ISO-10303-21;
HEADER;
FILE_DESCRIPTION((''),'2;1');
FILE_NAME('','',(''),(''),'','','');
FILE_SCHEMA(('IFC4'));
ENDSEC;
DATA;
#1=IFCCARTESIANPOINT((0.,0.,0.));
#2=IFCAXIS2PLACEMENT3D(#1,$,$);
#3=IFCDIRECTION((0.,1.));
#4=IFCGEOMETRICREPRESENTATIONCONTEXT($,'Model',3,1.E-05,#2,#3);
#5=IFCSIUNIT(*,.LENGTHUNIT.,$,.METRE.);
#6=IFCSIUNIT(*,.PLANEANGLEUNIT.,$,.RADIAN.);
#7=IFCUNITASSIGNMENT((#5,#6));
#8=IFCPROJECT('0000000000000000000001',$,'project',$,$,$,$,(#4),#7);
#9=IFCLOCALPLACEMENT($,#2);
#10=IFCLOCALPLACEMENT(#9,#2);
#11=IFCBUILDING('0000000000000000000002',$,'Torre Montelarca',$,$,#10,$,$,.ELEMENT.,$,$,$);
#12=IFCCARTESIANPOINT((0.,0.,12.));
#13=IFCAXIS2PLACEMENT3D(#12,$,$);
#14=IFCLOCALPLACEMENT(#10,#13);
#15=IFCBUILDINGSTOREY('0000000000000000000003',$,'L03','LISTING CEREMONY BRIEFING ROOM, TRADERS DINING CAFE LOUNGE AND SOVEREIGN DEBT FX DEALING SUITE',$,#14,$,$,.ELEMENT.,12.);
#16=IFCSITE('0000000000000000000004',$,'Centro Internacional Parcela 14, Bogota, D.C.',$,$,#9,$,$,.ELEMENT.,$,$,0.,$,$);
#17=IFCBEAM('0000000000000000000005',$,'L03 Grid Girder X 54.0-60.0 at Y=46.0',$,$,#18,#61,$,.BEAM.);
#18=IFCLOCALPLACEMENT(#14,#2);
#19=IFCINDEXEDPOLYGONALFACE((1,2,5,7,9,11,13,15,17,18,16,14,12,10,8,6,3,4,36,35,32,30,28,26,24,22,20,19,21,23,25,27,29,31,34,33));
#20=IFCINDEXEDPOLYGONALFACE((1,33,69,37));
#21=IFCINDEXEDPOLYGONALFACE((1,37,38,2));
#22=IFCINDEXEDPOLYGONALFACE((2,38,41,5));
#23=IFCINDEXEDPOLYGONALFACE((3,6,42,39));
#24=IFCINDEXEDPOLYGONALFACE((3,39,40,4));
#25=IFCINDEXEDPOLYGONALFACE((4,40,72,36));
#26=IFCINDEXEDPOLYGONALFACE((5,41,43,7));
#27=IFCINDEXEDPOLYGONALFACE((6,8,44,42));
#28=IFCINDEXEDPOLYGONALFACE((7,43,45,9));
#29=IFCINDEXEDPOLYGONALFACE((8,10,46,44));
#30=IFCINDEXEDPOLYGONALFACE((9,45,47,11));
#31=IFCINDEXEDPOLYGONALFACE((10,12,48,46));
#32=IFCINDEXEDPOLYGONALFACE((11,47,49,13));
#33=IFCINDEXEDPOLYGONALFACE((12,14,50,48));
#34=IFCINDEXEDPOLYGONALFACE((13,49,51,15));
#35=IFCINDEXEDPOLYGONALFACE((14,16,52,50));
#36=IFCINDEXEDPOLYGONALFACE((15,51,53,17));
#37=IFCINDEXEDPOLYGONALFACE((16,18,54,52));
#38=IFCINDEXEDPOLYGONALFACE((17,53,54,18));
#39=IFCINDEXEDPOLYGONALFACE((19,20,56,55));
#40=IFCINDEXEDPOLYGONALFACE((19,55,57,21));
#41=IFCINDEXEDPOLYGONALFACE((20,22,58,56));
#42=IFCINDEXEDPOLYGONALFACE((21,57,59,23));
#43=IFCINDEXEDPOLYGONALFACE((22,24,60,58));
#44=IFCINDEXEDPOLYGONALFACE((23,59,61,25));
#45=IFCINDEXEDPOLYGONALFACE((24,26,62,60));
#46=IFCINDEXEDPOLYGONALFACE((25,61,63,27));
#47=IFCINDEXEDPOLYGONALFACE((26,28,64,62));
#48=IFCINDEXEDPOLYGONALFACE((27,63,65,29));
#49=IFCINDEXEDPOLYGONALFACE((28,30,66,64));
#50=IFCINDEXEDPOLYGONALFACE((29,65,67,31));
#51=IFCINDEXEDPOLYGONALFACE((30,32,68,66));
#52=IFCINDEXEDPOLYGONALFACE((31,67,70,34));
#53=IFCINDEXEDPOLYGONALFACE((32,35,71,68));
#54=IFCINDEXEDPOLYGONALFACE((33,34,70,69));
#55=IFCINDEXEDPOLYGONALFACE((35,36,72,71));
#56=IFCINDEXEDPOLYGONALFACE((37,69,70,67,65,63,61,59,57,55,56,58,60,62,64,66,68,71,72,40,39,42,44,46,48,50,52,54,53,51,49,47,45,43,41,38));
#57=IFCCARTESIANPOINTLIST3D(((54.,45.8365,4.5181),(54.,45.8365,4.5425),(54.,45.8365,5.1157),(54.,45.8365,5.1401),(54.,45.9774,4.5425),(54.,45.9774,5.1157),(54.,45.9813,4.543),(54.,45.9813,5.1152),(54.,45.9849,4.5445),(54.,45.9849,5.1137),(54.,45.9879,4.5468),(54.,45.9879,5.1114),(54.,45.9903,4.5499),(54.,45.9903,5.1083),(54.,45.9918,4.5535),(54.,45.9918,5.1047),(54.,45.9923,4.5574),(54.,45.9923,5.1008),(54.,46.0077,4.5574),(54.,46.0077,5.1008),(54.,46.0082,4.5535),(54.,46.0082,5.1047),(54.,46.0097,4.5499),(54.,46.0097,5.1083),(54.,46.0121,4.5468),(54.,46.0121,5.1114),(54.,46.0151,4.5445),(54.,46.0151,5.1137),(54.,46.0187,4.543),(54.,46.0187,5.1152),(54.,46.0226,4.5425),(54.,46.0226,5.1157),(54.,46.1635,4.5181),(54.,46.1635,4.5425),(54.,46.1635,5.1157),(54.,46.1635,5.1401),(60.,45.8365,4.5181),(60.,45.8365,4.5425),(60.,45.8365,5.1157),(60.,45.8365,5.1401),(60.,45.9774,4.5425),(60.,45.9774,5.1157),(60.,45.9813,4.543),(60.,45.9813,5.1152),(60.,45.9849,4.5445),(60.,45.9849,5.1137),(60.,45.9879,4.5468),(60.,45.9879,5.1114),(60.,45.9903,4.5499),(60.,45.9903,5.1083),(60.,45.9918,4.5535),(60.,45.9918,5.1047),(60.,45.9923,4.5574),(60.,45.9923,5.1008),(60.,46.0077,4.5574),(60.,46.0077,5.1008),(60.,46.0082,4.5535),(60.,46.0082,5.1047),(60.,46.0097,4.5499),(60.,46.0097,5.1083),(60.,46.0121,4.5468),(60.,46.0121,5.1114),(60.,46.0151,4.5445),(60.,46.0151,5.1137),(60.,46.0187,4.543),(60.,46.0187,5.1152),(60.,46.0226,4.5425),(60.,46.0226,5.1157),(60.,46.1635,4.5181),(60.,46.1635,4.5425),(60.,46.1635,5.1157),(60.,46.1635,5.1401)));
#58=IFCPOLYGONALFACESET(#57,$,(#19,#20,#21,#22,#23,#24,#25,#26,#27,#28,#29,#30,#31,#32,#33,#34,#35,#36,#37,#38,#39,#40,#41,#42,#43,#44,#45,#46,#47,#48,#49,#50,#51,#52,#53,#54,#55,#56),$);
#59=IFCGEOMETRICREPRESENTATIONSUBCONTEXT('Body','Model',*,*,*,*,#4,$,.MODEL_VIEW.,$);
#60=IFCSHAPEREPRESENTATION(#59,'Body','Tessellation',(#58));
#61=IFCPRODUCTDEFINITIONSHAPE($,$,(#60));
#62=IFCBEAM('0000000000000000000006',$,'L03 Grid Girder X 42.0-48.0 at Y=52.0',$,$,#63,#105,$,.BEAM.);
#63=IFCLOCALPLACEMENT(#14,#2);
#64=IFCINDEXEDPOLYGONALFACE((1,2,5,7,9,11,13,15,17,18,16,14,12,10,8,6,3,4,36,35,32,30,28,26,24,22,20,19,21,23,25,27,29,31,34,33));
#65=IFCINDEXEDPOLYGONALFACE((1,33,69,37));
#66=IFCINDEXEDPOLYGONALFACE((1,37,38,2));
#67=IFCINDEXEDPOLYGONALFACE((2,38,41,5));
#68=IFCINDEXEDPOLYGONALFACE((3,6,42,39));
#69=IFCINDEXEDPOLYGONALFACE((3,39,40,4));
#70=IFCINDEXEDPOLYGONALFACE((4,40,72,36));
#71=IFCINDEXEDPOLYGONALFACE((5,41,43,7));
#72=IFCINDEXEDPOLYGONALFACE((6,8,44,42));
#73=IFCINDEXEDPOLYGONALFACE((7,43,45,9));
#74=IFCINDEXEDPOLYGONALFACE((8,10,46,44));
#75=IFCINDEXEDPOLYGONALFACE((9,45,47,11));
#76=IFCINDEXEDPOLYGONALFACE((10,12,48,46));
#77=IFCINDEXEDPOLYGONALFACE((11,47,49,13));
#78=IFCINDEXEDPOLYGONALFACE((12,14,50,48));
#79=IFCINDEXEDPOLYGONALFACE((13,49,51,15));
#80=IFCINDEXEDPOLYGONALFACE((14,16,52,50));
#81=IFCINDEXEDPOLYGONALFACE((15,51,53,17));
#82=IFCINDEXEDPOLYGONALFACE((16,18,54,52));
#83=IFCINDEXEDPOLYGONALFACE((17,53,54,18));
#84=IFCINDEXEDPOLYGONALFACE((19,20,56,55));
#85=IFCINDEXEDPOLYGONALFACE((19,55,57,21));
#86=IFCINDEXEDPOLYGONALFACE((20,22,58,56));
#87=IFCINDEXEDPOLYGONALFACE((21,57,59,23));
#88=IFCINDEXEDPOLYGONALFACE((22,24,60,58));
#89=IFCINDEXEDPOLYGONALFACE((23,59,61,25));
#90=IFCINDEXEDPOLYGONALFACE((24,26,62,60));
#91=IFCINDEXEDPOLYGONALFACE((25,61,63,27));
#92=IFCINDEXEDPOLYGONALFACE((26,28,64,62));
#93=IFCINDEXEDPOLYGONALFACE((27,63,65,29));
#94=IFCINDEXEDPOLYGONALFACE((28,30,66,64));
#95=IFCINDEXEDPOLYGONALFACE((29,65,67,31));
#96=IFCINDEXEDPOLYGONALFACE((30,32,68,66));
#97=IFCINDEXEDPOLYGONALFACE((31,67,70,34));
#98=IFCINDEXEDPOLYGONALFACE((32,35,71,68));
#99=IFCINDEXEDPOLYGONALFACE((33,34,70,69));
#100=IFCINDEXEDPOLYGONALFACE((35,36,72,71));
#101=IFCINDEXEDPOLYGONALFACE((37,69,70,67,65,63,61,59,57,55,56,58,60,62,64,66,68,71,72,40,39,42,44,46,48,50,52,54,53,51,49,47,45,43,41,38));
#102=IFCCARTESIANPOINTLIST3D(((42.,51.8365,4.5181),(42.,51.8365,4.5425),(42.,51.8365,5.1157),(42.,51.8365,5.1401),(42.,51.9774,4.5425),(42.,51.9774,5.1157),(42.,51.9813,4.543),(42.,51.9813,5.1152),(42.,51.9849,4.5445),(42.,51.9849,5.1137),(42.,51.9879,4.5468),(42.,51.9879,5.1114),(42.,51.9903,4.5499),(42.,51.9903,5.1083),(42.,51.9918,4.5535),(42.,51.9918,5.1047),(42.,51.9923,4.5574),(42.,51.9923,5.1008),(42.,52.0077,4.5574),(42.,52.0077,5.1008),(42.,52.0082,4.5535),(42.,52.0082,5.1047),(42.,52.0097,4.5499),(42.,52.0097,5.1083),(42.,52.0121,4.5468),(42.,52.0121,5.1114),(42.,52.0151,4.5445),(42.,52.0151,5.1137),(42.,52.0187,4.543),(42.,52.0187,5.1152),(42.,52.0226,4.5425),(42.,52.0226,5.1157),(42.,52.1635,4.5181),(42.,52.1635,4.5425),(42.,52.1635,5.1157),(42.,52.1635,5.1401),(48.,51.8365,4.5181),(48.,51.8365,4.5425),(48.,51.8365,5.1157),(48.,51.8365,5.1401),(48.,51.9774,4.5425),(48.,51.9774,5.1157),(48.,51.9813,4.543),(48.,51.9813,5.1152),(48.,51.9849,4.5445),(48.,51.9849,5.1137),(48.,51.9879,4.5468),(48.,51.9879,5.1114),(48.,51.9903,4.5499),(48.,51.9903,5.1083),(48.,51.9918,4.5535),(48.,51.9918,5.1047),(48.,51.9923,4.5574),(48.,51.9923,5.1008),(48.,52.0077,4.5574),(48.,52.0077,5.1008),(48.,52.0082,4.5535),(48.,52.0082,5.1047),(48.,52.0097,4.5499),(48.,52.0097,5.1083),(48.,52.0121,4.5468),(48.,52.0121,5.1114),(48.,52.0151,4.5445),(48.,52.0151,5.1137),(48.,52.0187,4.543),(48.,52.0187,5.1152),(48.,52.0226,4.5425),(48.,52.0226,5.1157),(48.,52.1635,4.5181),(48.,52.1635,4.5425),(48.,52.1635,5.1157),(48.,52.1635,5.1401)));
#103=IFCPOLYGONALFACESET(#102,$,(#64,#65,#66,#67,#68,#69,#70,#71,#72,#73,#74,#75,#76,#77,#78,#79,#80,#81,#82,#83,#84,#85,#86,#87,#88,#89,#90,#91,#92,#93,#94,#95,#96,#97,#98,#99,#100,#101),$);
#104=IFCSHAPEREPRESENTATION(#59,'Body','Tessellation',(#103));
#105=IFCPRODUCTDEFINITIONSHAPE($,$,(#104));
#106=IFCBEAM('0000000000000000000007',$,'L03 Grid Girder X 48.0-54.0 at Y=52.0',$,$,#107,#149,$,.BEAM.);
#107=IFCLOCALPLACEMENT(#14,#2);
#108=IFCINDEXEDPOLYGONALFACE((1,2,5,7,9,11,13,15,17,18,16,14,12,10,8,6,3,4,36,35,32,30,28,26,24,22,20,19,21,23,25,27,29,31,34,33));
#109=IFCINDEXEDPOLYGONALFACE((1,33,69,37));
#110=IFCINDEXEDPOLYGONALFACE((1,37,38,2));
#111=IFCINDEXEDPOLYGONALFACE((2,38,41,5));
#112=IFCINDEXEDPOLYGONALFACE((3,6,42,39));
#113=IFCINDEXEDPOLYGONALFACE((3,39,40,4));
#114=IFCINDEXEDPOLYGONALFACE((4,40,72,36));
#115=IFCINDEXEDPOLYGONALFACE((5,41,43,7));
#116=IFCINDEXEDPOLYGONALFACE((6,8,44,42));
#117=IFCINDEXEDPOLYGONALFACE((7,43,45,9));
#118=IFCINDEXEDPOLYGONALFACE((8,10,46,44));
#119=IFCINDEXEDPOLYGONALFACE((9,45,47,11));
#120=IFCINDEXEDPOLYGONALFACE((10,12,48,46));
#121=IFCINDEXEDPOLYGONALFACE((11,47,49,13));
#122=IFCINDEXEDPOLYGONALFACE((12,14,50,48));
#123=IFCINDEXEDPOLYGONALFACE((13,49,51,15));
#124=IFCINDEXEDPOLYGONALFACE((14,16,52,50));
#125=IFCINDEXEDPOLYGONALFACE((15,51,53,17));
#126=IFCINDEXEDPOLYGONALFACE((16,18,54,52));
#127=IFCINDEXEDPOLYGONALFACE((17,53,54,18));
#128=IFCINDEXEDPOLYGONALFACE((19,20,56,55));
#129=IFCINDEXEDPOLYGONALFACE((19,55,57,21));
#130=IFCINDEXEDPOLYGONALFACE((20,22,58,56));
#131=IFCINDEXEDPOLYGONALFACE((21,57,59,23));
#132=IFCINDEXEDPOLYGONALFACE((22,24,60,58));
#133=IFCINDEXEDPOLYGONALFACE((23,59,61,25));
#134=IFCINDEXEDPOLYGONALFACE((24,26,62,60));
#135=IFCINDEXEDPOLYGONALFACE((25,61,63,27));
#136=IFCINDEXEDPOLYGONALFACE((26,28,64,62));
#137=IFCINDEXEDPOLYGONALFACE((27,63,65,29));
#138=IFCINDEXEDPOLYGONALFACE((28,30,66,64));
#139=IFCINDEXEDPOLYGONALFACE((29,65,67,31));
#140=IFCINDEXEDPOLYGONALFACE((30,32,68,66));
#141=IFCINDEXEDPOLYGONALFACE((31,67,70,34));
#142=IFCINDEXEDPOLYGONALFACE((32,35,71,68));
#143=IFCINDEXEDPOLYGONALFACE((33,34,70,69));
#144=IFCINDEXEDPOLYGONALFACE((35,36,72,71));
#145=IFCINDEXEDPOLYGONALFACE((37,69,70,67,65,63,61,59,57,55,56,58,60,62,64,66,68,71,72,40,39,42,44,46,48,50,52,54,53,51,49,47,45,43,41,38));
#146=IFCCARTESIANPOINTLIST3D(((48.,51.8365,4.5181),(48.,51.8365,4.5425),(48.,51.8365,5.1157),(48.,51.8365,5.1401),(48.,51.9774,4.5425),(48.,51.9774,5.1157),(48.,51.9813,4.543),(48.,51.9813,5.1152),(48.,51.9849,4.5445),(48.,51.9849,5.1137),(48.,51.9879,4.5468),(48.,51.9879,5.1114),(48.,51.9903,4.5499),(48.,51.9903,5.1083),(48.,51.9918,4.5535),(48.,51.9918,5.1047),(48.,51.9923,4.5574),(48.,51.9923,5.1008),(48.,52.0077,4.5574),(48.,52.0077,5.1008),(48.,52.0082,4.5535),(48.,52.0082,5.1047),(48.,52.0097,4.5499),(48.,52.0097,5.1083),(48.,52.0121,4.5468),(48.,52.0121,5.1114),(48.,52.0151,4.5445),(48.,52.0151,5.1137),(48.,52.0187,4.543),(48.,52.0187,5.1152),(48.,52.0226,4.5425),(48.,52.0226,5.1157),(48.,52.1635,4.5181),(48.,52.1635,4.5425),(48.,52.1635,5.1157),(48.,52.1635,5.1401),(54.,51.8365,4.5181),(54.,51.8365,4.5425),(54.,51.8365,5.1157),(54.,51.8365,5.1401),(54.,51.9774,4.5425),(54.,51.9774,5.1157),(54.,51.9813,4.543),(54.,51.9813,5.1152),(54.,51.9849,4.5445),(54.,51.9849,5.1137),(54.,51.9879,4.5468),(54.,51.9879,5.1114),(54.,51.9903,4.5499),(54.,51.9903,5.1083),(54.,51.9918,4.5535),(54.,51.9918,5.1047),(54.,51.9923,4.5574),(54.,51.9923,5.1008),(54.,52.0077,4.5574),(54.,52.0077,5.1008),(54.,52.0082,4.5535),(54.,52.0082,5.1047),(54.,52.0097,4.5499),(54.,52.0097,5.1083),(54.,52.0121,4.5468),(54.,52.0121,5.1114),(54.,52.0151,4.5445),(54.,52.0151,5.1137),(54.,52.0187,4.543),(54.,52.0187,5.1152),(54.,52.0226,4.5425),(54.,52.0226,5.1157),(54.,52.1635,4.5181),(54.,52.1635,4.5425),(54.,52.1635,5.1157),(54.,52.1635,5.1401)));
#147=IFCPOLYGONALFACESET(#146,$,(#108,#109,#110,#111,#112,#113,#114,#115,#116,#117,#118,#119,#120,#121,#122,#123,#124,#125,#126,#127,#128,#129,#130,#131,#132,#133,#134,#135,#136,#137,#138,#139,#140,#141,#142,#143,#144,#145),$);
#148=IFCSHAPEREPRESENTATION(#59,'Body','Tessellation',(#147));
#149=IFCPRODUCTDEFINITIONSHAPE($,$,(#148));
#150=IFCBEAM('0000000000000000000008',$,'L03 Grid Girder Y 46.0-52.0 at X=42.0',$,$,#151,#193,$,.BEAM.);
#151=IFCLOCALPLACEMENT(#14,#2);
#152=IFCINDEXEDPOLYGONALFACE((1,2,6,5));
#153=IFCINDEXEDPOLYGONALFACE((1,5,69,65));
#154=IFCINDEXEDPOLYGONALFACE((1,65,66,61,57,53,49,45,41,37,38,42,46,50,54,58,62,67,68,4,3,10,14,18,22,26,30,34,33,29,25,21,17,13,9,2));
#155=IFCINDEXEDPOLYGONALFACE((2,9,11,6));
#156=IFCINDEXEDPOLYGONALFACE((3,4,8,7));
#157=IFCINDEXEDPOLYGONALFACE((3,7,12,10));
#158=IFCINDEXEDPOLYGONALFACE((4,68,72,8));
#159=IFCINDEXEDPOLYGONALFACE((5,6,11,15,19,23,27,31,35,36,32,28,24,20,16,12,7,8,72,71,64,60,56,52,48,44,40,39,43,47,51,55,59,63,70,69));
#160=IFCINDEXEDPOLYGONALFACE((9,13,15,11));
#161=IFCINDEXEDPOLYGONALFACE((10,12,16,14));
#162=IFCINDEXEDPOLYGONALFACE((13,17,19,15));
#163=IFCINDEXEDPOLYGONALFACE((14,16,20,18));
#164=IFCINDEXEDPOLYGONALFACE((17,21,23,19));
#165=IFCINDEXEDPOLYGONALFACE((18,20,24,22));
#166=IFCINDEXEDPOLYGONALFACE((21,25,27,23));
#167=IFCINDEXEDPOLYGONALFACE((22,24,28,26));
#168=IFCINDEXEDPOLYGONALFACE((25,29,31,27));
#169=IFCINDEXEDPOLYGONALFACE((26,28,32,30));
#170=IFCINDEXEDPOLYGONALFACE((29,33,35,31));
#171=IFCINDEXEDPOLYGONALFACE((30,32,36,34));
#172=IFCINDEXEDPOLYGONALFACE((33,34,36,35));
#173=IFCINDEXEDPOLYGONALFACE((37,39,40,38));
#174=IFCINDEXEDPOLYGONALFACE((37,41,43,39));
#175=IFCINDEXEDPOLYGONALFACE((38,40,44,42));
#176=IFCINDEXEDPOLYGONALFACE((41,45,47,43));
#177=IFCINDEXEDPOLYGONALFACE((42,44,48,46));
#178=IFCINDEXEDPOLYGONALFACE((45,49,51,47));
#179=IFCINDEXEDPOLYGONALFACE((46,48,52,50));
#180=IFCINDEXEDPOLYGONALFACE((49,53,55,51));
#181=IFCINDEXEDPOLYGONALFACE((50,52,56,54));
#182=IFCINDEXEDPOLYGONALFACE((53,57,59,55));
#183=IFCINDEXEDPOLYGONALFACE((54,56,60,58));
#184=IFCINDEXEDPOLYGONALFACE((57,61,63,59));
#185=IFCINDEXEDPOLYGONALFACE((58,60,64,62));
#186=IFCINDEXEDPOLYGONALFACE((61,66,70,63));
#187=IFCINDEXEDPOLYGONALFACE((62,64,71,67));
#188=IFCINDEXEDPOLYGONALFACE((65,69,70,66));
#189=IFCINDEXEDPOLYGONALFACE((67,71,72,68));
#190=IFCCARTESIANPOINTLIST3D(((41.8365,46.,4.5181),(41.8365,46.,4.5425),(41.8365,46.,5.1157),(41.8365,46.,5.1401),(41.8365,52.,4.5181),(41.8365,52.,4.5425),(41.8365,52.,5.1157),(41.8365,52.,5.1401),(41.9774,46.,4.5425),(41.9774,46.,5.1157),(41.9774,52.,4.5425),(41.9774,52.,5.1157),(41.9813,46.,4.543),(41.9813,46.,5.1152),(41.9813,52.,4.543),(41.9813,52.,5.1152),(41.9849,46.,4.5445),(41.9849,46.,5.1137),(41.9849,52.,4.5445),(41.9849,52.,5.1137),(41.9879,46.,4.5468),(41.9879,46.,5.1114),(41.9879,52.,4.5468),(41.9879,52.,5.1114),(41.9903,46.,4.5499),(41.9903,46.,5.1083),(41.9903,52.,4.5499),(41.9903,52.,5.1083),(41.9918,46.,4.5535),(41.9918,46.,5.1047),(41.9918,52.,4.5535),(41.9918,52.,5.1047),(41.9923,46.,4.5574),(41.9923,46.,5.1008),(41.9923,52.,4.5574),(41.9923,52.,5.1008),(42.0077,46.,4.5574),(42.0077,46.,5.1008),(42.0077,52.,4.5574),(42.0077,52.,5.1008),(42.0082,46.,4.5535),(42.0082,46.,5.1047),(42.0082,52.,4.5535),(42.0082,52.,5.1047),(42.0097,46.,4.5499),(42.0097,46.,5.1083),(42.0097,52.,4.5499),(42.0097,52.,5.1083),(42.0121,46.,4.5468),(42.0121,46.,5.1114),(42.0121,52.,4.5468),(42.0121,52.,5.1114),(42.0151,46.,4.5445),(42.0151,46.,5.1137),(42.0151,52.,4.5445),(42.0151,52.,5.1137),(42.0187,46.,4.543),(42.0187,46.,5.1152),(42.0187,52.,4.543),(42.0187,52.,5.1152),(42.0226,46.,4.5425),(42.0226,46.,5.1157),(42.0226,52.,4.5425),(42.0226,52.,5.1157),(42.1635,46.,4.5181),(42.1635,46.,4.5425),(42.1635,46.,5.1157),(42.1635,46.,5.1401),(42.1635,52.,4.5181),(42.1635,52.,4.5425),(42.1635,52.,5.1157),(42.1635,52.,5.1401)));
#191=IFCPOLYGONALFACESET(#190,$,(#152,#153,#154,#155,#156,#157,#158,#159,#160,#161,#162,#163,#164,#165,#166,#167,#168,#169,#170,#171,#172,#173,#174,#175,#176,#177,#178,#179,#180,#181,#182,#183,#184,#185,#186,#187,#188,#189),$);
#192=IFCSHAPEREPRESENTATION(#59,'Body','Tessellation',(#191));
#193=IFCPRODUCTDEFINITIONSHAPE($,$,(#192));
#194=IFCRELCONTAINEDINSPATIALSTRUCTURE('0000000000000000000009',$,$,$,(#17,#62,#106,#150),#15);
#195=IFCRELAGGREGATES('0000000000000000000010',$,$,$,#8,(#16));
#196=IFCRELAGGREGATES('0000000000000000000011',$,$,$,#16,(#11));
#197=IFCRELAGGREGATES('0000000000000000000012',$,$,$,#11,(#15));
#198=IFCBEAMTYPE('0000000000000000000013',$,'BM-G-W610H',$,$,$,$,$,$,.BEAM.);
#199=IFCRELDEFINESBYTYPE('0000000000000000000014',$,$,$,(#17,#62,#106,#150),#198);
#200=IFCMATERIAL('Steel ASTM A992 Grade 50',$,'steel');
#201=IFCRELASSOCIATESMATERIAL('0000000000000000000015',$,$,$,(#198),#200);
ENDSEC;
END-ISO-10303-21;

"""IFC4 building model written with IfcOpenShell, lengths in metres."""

from ifc_helpers import new_model, si_unit, direction, frame, origin, origin_2d, place, context, subcontext, project, spatial, i_section, extrude, source, transform, mapped, material, material_profile, profile_set, type_object, element, save


model = new_model("IFC4")

# Units and contexts
model_context = context("Model", 3, precision=1e-05, world=origin(), true_north=direction((0.0, 1.0)))
body_context = subcontext(model_context, "Body", "Model", "MODEL_VIEW")
ifc_project = project(units=[si_unit("LENGTHUNIT", "METRE"), si_unit("PLANEANGLEUNIT", "RADIAN")], contexts=[model_context])

# Site, building, storey
site_placement = place(None, origin())
site = spatial("IfcSite", under=ifc_project, at=site_placement, Name="Centro Internacional Parcela 14, Bogota, D.C.", CompositionType="ELEMENT", RefElevation=0.0)
building_placement = place(site_placement, origin())
building = spatial("IfcBuilding", under=site, at=building_placement, Name="Torre Montelarca", CompositionType="ELEMENT")
storey_placement = place(building_placement, frame((0.0, 0.0, 12.0)))
storey = spatial("IfcBuildingStorey", under=building, at=storey_placement, Name="L03", Description="LISTING CEREMONY BRIEFING ROOM, TRADERS DINING CAFE LOUNGE AND SOVEREIGN DEBT FX DEALING SUITE", CompositionType="ELEMENT", Elevation=12.0)

# Shared definitions
ifc_material_1 = material(Name="Steel ASTM A992 Grade 50", Category="steel")

# Beams
ifc_material_profile_1 = material_profile(ifc_material_1, i_section(OverallWidth=0.3269, OverallDepth=0.6221, WebThickness=0.0154, FlangeThickness=0.0244, FilletRadius=0.0149, at=origin_2d()), Name="W610X195", Category="steel")
ifc_profile_set_1 = profile_set([ifc_material_profile_1], Name="Steel ASTM A992 Grade 50")
beam_type_1 = type_object("IfcBeamType", Name="BM-G-W610H", PredefinedType="BEAM", material=ifc_profile_set_1)
shared_shape_1 = source(origin(), body_context, "Body", "SweptSolid", [
    extrude(i_section(OverallWidth=0.3269, OverallDepth=0.6221, WebThickness=0.0154, FlangeThickness=0.0244, FilletRadius=0.0149, at=origin_2d()), origin(), (0.0, 0.0, 1.0), 6.0),
])
for number, where, z_axis, x_axis, name in (
    (1, (54.0, 46.0, 4.8291), (1.0, 0.0, 0.0), (0.0, 1.0, 0.0), "L03 Grid Girder X 54.0-60.0 at Y=46.0"),
    (2, (42.0, 52.0, 4.8291), (1.0, 0.0, 0.0), (0.0, 1.0, 0.0), "L03 Grid Girder X 42.0-48.0 at Y=52.0"),
    (3, (48.0, 52.0, 4.8291), (1.0, 0.0, 0.0), (0.0, 1.0, 0.0), "L03 Grid Girder X 48.0-54.0 at Y=52.0"),
    (4, (42.0, 46.0, 4.8291), (0.0, 1.0, 0.0), (-1.0, 0.0, 0.0), "L03 Grid Girder Y 46.0-52.0 at X=42.0"),
):
    element("IfcBeam", number, at=place(storey_placement, frame(where, z_axis=z_axis, x_axis=x_axis)), inside=storey, type_object=beam_type_1, Name=name, PredefinedType="BEAM", context=body_context, shape_type="MappedRepresentation", body=[
        mapped(shared_shape_1, transform((0.0, 0.0, 0.0), scale=1.0)),
    ])

save(model, "model.ifc")
